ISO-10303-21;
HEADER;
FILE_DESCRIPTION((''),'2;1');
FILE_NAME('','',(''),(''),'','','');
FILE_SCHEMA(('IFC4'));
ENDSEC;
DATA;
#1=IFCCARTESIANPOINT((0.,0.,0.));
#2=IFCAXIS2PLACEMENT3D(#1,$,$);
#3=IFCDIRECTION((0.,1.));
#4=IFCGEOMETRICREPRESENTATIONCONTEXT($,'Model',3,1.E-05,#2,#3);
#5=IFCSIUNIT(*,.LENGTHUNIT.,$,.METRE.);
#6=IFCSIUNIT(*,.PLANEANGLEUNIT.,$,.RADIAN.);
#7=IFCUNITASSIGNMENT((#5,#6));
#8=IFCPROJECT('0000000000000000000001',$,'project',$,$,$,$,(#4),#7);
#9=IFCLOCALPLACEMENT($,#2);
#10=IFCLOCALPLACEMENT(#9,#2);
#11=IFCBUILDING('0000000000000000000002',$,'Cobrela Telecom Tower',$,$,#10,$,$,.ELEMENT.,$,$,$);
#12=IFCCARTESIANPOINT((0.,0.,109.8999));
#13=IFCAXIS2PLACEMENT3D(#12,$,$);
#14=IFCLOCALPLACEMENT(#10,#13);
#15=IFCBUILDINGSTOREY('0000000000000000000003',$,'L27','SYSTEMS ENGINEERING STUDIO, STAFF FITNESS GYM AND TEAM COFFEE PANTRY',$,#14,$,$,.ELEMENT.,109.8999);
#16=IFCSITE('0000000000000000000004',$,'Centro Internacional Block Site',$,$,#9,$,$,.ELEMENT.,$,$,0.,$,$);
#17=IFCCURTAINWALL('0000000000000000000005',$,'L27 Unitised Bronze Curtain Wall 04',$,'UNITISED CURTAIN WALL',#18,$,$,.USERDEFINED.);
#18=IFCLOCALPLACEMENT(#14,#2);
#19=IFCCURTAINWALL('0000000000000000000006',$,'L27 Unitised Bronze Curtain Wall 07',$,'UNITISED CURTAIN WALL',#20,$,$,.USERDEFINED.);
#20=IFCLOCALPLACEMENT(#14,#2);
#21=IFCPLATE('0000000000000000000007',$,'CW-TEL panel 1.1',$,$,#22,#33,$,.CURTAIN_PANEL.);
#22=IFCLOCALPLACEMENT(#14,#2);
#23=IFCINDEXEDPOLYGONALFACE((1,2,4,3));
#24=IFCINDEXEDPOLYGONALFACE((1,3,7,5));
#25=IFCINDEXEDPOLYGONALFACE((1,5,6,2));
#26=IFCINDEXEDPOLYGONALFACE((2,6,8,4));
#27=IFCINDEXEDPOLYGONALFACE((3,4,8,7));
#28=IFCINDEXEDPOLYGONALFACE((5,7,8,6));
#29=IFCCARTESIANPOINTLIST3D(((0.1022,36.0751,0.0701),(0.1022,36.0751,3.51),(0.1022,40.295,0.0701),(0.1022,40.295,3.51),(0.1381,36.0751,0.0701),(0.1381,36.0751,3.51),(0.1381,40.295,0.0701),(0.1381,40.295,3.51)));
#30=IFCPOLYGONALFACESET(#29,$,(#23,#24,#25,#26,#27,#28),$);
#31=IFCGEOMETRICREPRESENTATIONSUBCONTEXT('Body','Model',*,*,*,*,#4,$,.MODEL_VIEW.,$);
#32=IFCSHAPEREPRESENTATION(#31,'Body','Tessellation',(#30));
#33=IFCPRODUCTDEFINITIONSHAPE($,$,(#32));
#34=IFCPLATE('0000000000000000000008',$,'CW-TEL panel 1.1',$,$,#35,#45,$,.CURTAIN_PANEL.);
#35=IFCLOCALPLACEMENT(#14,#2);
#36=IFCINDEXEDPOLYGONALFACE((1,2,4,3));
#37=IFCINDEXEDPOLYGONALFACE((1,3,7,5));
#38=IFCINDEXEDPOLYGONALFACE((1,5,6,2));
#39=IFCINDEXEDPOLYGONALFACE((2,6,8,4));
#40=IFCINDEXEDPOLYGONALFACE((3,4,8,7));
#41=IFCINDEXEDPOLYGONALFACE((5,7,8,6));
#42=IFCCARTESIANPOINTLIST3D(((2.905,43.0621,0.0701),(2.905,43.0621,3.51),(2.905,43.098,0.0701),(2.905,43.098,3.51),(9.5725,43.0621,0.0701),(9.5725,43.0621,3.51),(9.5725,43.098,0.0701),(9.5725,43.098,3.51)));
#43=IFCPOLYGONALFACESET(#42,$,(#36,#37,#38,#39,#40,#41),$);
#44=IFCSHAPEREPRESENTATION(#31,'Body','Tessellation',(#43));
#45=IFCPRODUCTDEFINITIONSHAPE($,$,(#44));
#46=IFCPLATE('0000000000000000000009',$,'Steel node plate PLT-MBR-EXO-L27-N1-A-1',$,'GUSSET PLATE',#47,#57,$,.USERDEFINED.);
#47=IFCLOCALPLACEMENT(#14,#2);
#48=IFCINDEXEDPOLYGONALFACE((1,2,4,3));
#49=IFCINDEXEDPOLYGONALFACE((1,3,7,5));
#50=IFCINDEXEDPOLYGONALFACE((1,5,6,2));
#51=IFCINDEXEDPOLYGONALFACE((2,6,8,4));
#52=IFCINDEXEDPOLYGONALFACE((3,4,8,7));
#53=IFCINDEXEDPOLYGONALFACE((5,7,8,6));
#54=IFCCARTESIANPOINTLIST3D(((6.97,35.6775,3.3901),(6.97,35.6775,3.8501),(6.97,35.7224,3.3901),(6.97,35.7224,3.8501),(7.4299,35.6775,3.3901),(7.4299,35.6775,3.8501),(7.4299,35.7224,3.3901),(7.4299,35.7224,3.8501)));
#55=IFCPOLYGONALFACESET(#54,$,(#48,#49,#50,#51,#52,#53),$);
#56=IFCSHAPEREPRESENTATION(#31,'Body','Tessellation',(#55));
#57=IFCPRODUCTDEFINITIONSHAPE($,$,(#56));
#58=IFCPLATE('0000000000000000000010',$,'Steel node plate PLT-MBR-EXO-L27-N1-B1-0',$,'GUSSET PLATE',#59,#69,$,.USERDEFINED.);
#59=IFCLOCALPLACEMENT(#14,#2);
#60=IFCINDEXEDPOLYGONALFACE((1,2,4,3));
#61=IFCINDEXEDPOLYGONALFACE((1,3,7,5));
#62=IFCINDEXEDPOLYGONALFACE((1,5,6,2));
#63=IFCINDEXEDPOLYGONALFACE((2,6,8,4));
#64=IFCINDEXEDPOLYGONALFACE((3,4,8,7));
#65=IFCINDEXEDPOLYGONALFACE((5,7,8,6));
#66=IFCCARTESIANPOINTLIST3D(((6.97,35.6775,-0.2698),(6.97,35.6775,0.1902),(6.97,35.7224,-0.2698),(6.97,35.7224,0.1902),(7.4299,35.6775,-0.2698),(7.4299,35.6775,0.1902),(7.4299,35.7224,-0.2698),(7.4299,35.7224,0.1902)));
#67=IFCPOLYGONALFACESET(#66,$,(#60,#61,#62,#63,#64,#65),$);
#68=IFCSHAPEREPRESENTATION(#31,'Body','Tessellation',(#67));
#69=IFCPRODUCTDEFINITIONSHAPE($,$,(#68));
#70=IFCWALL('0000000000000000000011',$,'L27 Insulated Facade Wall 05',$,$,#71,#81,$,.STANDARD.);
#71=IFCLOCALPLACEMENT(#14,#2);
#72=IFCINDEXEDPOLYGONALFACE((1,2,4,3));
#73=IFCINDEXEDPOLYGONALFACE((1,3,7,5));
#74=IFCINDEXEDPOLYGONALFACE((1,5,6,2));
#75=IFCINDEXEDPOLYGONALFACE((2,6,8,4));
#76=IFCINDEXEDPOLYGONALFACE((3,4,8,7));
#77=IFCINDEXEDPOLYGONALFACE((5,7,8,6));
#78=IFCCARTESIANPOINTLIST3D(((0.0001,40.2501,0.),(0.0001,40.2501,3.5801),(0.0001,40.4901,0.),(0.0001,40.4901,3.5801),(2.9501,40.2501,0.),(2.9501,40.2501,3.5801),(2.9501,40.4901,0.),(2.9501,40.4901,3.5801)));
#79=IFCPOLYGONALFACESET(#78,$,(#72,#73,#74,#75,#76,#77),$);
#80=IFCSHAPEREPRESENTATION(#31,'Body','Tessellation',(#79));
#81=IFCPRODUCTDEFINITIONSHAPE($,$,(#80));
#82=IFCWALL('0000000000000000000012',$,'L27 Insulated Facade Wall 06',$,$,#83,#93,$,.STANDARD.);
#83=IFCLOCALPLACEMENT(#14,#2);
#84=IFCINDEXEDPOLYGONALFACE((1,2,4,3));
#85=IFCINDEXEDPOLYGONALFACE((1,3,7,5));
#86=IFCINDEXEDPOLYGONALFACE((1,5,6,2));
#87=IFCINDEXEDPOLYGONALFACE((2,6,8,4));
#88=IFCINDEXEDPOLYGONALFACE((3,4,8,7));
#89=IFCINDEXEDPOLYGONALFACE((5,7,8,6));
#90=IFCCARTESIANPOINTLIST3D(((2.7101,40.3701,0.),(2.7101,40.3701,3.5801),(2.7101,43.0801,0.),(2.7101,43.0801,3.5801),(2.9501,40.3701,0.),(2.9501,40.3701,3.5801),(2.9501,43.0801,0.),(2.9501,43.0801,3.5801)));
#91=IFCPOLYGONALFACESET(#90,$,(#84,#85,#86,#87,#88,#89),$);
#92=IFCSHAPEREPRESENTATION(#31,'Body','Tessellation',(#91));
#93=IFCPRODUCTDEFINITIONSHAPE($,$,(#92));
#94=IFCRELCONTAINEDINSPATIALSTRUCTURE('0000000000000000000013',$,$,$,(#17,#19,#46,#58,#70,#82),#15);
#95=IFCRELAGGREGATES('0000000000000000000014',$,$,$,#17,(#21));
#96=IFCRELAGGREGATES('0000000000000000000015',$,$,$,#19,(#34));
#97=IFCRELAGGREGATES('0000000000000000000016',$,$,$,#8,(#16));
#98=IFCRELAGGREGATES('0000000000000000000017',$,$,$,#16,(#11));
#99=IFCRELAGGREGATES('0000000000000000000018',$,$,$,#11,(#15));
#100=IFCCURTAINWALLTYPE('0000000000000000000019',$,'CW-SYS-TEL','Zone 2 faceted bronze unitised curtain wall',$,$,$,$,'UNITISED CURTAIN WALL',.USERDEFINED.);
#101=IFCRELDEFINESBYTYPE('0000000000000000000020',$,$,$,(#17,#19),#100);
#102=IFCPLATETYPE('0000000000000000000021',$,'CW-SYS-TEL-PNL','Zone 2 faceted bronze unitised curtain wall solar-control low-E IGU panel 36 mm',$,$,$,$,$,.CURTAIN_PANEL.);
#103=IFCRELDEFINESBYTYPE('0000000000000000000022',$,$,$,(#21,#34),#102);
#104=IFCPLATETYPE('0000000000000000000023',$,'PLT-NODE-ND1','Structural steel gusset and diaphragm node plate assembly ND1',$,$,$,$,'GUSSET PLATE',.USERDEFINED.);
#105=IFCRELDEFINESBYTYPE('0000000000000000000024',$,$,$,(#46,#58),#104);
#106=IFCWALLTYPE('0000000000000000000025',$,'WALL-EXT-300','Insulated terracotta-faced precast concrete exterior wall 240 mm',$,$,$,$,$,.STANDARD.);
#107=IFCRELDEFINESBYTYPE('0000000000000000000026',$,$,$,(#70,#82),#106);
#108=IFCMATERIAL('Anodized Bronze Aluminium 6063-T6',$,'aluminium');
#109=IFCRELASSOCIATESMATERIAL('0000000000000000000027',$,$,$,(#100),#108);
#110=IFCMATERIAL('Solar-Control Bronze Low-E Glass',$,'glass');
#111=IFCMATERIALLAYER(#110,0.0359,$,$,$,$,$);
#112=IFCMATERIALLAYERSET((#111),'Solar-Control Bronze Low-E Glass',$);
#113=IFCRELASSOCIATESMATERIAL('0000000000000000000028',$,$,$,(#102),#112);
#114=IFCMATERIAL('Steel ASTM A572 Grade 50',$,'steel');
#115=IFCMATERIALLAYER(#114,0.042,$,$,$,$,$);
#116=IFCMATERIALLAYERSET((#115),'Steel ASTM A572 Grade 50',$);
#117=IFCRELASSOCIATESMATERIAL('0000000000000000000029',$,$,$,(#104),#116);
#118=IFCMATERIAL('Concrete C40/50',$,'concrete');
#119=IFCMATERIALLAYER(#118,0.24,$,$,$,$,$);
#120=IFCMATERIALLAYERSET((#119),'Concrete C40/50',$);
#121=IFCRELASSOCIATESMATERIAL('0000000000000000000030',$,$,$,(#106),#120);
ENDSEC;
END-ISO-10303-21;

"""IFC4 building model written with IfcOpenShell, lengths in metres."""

from ifc_helpers import new_model, si_unit, direction, frame, frame_2d, origin, origin_2d, place, context, subcontext, project, spatial, rectangle, extrude, material, layer, layer_set, type_object, element, aggregate, save


model = new_model("IFC4")

# Units and contexts
model_context = context("Model", 3, precision=1e-05, world=origin(), true_north=direction((0.0, 1.0)))
body_context = subcontext(model_context, "Body", "Model", "MODEL_VIEW")
ifc_project = project(units=[si_unit("LENGTHUNIT", "METRE"), si_unit("PLANEANGLEUNIT", "RADIAN")], contexts=[model_context])

# Site, building, storey
site_placement = place(None, origin())
site = spatial("IfcSite", under=ifc_project, at=site_placement, Name="Centro Internacional Block Site", CompositionType="ELEMENT", RefElevation=0.0)
building_placement = place(site_placement, origin())
building = spatial("IfcBuilding", under=site, at=building_placement, Name="Cobrela Telecom Tower", CompositionType="ELEMENT")
storey_placement = place(building_placement, frame((0.0, 0.0, 109.8999)))
storey = spatial("IfcBuildingStorey", under=building, at=storey_placement, Name="L27", Description="SYSTEMS ENGINEERING STUDIO, STAFF FITNESS GYM AND TEAM COFFEE PANTRY", CompositionType="ELEMENT", Elevation=109.8999)

# Shared definitions
ifc_material_1 = material(Name="Steel ASTM A572 Grade 50", Category="steel")

# Curtain wall
ifc_material_2 = material(Name="Anodized Bronze Aluminium 6063-T6", Category="aluminium")
curtain_wall_type = type_object("IfcCurtainWallType", Name="CW-SYS-TEL", Description="Zone 2 faceted bronze unitised curtain wall", ElementType="UNITISED CURTAIN WALL", PredefinedType="USERDEFINED", material=ifc_material_2)
curtain_wall_1_placement = place(storey_placement, origin())
curtain_wall_1 = element("IfcCurtainWall", 1, at=curtain_wall_1_placement, inside=storey, type_object=curtain_wall_type, Name="L27 Unitised Bronze Curtain Wall 04", ObjectType="UNITISED CURTAIN WALL", PredefinedType="USERDEFINED")

# Curtain wall
curtain_wall_2_placement = place(storey_placement, origin())
curtain_wall_2 = element("IfcCurtainWall", 2, at=curtain_wall_2_placement, inside=storey, type_object=curtain_wall_type, Name="L27 Unitised Bronze Curtain Wall 07", ObjectType="UNITISED CURTAIN WALL", PredefinedType="USERDEFINED")

# Plates
ifc_material_3 = material(Name="Solar-Control Bronze Low-E Glass", Category="glass")
ifc_layer_1 = layer(ifc_material_3, 0.0359)
ifc_layer_set_1 = layer_set([ifc_layer_1], Name="Solar-Control Bronze Low-E Glass")
plate_type_1 = type_object("IfcPlateType", Name="CW-SYS-TEL-PNL", Description="Zone 2 faceted bronze unitised curtain wall solar-control low-E IGU panel 36 mm", PredefinedType="CURTAIN_PANEL", material=ifc_layer_set_1)
plate_1_placement = place(storey_placement, frame((0.1201, 38.1851, 0.0701), z_axis=(0.0, 0.0, 1.0), x_axis=(0.0, 1.0, 0.0)))
plate_1 = element("IfcPlate", 3, at=plate_1_placement, type_object=plate_type_1, Name="CW-TEL panel 1.1", PredefinedType="CURTAIN_PANEL", context=body_context, shape_type="SweptSolid", body=[
    extrude(rectangle(XDim=4.22, YDim=0.0359, at=origin_2d()), origin(), (0.0, 0.0, 1.0), 3.4399),
])
aggregate(curtain_wall_1, [plate_1])
plate_2_placement = place(storey_placement, frame((6.2388, 43.0801, 0.0701), z_axis=(0.0, 0.0, 1.0), x_axis=(1.0, 0.0, 0.0)))
plate_2 = element("IfcPlate", 4, at=plate_2_placement, type_object=plate_type_1, Name="CW-TEL panel 1.1", PredefinedType="CURTAIN_PANEL", context=body_context, shape_type="SweptSolid", body=[
    extrude(rectangle(XDim=6.6675, YDim=0.0359, at=origin_2d()), origin(), (0.0, 0.0, 1.0), 3.4399),
])
aggregate(curtain_wall_2, [plate_2])

# Plates
ifc_layer_2 = layer(ifc_material_1, 0.042)
ifc_layer_set_2 = layer_set([ifc_layer_2], Name="Steel ASTM A572 Grade 50")
plate_type_2 = type_object("IfcPlateType", Name="PLT-NODE-ND1", Description="Structural steel gusset and diaphragm node plate assembly ND1", ElementType="GUSSET PLATE", PredefinedType="USERDEFINED", material=ifc_layer_set_2)
for number, where, z_axis, x_axis, name in (
    (5, (7.2, 35.7, 3.3901), (0.0, 0.0, 1.0), (1.0, 0.0, 0.0), "Steel node plate PLT-MBR-EXO-L27-N1-A-1"),
    (6, (7.2, 35.7, -0.2698), (0.0, 0.0, 1.0), (-1.0, 0.0, 0.0), "Steel node plate PLT-MBR-EXO-L27-N1-B1-0"),
):
    element("IfcPlate", number, at=place(storey_placement, frame(where, z_axis=z_axis, x_axis=x_axis)), inside=storey, type_object=plate_type_2, Name=name, ObjectType="GUSSET PLATE", PredefinedType="USERDEFINED", context=body_context, shape_type="SweptSolid", body=[
        extrude(rectangle(XDim=0.46, YDim=0.0449, at=origin_2d()), origin(), (0.0, 0.0, 1.0), 0.46),
    ])

# Walls
ifc_material_4 = material(Name="Concrete C40/50", Category="concrete")
ifc_layer_3 = layer(ifc_material_4, 0.24)
ifc_layer_set_3 = layer_set([ifc_layer_3], Name="Concrete C40/50")
wall_type = type_object("IfcWallType", Name="WALL-EXT-300", Description="Insulated terracotta-faced precast concrete exterior wall 240 mm", PredefinedType="STANDARD", material=ifc_layer_set_3)
wall_1_placement = place(storey_placement, frame((0.0, 40.3701, 0.0), z_axis=(0.0, 0.0, 1.0), x_axis=(1.0, 0.0, 0.0)))
element("IfcWall", 7, at=wall_1_placement, inside=storey, type_object=wall_type, Name="L27 Insulated Facade Wall 05", PredefinedType="STANDARD", context=body_context, shape_type="SweptSolid", body=[
    extrude(rectangle(XDim=2.95, YDim=0.24, at=frame_2d((1.4751, 0.0))), origin(), (0.0, 0.0, 1.0), 3.5801),
])
wall_2_placement = place(storey_placement, frame((2.8301, 40.3701, 0.0), z_axis=(0.0, 0.0, 1.0), x_axis=(0.0, 1.0, 0.0)))
element("IfcWall", 8, at=wall_2_placement, inside=storey, type_object=wall_type, Name="L27 Insulated Facade Wall 06", PredefinedType="STANDARD", context=body_context, shape_type="SweptSolid", body=[
    extrude(rectangle(XDim=2.71, YDim=0.24, at=frame_2d((1.355, 0.0))), origin(), (0.0, 0.0, 1.0), 3.5801),
])

save(model, "model.ifc")
